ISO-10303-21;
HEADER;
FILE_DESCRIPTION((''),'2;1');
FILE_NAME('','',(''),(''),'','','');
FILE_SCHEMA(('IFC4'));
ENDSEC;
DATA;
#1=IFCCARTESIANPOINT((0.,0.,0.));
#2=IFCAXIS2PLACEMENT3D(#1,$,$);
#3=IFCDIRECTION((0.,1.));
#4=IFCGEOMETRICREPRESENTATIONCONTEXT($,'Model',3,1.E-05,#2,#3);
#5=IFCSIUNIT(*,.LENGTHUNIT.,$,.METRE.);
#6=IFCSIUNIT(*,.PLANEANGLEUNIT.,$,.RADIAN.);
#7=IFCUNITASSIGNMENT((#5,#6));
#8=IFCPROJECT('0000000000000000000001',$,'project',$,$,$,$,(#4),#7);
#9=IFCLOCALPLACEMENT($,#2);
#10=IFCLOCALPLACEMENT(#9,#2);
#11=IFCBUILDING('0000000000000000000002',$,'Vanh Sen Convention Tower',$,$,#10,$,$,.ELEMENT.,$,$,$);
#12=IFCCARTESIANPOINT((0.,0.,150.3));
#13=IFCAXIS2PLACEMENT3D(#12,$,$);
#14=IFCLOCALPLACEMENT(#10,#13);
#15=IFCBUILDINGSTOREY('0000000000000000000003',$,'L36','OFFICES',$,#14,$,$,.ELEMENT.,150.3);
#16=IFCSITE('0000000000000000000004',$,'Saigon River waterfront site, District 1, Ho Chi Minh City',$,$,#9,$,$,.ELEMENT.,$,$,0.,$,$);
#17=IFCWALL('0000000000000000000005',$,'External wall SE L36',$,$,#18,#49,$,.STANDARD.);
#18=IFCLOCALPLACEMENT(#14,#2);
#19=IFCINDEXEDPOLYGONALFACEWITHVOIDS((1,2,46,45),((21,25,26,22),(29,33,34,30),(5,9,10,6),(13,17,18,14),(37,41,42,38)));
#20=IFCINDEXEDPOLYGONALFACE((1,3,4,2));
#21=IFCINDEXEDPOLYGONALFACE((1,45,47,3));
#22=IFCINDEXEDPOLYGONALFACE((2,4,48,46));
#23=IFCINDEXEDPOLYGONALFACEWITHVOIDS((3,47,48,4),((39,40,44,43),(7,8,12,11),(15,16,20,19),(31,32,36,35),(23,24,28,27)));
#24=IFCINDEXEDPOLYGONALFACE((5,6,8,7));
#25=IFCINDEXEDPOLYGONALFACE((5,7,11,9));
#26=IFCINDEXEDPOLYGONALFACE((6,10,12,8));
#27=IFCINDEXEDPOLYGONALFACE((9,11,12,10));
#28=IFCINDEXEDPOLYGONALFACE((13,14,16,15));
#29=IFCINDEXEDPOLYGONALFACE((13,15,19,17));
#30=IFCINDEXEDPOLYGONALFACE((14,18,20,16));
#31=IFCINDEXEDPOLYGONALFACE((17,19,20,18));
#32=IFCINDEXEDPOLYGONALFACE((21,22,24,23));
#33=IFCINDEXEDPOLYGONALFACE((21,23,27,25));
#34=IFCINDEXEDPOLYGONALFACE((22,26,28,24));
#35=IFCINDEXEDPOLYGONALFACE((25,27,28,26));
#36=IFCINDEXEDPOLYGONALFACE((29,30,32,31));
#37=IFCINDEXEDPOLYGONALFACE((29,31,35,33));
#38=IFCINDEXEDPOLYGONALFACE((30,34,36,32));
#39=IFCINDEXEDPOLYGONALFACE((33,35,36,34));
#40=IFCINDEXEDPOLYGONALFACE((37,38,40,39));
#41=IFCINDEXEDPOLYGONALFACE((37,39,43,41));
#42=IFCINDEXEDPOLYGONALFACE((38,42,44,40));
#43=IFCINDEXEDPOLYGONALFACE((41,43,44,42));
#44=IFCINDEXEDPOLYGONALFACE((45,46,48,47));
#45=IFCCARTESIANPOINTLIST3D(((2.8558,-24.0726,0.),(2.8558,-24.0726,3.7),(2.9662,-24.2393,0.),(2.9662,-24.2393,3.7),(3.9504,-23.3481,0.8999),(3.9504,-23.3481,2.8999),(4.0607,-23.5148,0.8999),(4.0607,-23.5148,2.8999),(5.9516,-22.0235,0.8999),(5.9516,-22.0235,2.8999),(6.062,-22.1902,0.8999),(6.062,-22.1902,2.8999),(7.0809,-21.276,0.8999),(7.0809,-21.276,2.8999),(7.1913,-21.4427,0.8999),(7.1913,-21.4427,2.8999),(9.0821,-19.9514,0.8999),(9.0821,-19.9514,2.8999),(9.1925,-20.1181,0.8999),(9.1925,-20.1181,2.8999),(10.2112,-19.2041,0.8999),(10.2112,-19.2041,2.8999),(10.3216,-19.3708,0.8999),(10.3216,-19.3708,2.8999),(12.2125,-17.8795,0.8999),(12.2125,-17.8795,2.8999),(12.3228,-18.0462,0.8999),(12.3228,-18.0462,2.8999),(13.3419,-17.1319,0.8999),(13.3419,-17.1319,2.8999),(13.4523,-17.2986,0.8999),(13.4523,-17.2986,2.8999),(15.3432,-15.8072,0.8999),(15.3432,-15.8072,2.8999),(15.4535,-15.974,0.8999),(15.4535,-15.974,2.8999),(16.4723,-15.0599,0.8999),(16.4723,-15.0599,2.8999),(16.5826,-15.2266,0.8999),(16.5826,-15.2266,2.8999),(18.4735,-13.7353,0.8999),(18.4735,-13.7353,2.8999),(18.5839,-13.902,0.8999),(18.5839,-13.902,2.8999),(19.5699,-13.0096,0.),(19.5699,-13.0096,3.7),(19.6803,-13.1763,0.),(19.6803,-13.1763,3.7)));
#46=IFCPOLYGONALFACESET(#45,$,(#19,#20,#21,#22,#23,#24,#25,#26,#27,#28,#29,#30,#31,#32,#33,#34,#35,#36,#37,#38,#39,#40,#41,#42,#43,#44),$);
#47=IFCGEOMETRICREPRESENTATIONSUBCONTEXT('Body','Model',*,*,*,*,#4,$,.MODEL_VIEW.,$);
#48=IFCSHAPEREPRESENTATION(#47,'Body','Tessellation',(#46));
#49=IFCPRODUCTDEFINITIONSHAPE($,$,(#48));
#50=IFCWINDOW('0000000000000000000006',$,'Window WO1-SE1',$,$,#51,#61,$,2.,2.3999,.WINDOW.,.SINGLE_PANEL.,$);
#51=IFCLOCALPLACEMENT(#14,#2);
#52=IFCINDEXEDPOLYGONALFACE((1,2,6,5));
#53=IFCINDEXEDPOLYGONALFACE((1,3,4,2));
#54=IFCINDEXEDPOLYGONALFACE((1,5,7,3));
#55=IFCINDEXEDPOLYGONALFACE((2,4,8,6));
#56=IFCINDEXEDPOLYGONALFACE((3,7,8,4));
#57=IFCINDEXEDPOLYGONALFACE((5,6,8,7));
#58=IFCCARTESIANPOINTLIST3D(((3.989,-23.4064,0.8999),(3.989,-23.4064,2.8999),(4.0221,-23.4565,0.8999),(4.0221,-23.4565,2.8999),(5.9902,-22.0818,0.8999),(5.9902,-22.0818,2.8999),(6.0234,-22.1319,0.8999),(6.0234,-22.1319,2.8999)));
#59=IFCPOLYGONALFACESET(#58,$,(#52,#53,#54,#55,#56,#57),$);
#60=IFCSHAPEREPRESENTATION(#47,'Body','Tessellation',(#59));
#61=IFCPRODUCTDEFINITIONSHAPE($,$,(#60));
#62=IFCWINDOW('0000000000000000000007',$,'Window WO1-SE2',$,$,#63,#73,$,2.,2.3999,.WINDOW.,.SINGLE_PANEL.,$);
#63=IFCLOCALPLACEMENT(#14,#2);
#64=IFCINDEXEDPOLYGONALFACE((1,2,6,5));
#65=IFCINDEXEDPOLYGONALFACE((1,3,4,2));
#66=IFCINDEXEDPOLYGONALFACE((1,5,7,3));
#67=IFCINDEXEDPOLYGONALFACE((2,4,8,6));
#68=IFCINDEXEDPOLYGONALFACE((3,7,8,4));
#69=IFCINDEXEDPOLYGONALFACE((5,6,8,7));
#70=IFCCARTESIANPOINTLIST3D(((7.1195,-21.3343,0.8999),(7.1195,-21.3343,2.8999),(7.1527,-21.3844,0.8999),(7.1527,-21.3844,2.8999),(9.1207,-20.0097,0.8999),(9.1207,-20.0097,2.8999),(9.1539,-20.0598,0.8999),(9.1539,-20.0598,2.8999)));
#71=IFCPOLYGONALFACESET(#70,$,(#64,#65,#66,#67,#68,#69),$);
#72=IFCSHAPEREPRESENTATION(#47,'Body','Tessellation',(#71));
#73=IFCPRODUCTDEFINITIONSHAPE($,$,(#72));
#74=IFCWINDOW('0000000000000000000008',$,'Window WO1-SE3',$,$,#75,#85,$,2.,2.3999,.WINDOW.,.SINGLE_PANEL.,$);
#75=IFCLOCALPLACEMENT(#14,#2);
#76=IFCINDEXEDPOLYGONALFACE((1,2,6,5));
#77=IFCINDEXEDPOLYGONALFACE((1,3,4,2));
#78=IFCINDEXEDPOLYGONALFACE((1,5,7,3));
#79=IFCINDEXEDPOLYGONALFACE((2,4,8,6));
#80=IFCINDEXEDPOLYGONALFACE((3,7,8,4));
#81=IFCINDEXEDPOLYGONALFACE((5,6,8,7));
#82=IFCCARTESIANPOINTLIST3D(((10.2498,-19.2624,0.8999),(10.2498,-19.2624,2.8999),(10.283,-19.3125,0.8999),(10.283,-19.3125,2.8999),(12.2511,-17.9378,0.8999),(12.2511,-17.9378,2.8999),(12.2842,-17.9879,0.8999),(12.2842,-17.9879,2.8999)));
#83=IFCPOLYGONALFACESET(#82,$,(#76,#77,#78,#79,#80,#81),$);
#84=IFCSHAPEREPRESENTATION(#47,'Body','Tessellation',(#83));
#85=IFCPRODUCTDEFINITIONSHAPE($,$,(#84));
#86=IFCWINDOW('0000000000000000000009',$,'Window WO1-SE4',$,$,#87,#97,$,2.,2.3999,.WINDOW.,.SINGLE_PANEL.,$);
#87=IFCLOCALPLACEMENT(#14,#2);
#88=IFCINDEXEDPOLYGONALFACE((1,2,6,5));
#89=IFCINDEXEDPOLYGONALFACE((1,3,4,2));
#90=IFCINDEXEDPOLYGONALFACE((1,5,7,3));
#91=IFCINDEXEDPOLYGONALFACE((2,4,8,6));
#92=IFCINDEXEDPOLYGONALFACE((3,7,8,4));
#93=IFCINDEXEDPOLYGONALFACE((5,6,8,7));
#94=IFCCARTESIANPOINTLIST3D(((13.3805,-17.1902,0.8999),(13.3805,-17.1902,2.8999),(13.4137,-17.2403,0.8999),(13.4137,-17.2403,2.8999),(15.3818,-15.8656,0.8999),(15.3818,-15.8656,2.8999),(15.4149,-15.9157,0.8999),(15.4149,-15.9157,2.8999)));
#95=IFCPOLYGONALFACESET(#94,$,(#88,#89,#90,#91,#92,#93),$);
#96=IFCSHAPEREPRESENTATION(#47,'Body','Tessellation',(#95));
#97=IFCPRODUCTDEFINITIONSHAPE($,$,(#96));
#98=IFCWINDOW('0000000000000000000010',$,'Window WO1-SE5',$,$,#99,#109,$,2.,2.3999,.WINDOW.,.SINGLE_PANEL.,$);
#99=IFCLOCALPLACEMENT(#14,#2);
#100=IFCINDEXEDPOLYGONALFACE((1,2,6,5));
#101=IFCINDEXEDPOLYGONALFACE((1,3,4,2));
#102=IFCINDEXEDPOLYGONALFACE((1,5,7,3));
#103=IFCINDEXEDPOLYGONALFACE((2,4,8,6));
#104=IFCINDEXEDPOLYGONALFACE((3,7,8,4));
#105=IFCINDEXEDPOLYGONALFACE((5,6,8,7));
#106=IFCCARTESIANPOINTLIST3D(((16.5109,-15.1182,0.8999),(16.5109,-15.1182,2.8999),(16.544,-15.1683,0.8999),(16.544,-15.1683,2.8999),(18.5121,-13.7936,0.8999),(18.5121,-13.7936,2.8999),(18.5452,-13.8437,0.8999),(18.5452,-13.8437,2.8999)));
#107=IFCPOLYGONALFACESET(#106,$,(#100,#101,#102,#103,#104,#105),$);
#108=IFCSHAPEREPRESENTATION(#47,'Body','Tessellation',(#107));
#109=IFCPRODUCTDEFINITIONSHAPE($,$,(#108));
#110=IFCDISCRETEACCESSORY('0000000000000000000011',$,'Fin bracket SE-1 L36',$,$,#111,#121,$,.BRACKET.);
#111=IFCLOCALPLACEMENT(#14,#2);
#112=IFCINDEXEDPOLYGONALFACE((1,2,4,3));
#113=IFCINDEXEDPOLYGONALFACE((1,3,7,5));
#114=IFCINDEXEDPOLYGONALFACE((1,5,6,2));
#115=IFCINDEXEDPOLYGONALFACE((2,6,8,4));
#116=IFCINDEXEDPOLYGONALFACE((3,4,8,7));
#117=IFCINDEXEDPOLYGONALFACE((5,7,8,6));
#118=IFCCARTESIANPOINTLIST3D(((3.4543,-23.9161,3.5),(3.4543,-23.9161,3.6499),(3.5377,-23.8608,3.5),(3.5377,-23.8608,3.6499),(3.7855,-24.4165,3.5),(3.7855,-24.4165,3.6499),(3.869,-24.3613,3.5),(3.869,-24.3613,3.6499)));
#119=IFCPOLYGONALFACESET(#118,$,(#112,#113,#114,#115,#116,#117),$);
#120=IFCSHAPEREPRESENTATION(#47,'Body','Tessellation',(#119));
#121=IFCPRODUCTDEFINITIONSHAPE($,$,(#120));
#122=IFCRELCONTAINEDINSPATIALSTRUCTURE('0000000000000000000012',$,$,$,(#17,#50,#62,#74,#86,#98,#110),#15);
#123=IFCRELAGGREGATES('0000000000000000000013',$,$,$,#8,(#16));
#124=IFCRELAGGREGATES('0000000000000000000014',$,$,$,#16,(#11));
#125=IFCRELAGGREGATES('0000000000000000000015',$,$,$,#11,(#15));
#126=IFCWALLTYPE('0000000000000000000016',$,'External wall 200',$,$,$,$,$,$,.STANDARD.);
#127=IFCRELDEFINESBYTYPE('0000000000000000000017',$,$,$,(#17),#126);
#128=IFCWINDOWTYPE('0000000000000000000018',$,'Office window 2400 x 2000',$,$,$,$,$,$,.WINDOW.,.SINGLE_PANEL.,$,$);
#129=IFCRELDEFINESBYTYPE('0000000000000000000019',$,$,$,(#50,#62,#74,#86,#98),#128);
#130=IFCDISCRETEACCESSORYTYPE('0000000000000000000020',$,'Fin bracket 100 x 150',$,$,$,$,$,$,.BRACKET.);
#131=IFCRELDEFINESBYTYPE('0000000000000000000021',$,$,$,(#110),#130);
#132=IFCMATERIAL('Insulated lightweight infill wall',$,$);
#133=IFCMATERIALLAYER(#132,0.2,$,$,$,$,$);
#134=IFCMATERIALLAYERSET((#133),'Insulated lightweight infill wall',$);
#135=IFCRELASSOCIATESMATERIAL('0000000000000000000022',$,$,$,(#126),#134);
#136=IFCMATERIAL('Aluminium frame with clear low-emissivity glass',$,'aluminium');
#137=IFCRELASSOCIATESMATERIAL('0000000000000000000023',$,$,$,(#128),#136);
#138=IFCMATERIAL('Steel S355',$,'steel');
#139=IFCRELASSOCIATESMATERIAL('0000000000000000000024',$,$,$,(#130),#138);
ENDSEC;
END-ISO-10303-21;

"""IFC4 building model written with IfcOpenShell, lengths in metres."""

from ifc_helpers import new_model, si_unit, direction, frame, frame_2d, origin, origin_2d, place, context, subcontext, project, spatial, rectangle, extrude, material, layer, layer_set, type_object, element, fill, save


model = new_model("IFC4")

# Units and contexts
model_context = context("Model", 3, precision=1e-05, world=origin(), true_north=direction((0.0, 1.0)))
body_context = subcontext(model_context, "Body", "Model", "MODEL_VIEW")
ifc_project = project(units=[si_unit("LENGTHUNIT", "METRE"), si_unit("PLANEANGLEUNIT", "RADIAN")], contexts=[model_context])

# Site, building, storey
site_placement = place(None, origin())
site = spatial("IfcSite", under=ifc_project, at=site_placement, Name="Saigon River waterfront site, District 1, Ho Chi Minh City", CompositionType="ELEMENT", RefElevation=0.0)
building_placement = place(site_placement, origin())
building = spatial("IfcBuilding", under=site, at=building_placement, Name="Vanh Sen Convention Tower", CompositionType="ELEMENT")
storey_placement = place(building_placement, frame((0.0, 0.0, 150.3)))
storey = spatial("IfcBuildingStorey", under=building, at=storey_placement, Name="L36", Description="OFFICES", CompositionType="ELEMENT", Elevation=150.3)

# Wall, openings, windows
ifc_material_1 = material(Name="Insulated lightweight infill wall")
ifc_layer_1 = layer(ifc_material_1, 0.2)
ifc_layer_set_1 = layer_set([ifc_layer_1], Name="Insulated lightweight infill wall")
wall_type_1 = type_object("IfcWallType", Name="External wall 200", PredefinedType="STANDARD", material=ifc_layer_set_1)
wall_1_placement = place(storey_placement, frame((2.9109, -24.156, 0.0), z_axis=(0.0, 0.0, 1.0), x_axis=(0.833882, 0.551943, 0.0)))
wall_1 = element("IfcWall", 1, at=wall_1_placement, inside=storey, type_object=wall_type_1, Name="External wall SE L36", PredefinedType="STANDARD", context=body_context, shape_type="SweptSolid", body=[
    extrude(rectangle(XDim=20.0437, YDim=0.2, at=frame_2d((10.022, 0.0))), origin(), (0.0, 0.0, 1.0), 3.7),
])
opening_1_placement = place(wall_1_placement, frame((1.3127, 0.0, 0.8999)))
opening_1 = element("IfcOpeningElement", 2, at=opening_1_placement, cuts=wall_1, PredefinedType="OPENING", context=body_context, shape_type="SweptSolid", body=[
    extrude(rectangle(XDim=2.3999, YDim=2.0, at=frame_2d((1.2, 1.0))), frame((0.0, 0.1099, 0.0), z_axis=(0.0, -1.0, 0.0), x_axis=(1.0, 0.0, 0.0)), (0.0, 0.0, 1.0), 0.22),
])
opening_2_placement = place(wall_1_placement, frame((5.0669, 0.0, 0.8999)))
opening_2 = element("IfcOpeningElement", 3, at=opening_2_placement, cuts=wall_1, PredefinedType="OPENING", context=body_context, shape_type="SweptSolid", body=[
    extrude(rectangle(XDim=2.3999, YDim=2.0, at=frame_2d((1.2, 1.0))), frame((0.0, 0.1099, 0.0), z_axis=(0.0, -1.0, 0.0), x_axis=(1.0, 0.0, 0.0)), (0.0, 0.0, 1.0), 0.22),
])
opening_3_placement = place(wall_1_placement, frame((8.8208, 0.0, 0.8999)))
opening_3 = element("IfcOpeningElement", 4, at=opening_3_placement, cuts=wall_1, PredefinedType="OPENING", context=body_context, shape_type="SweptSolid", body=[
    extrude(rectangle(XDim=2.3999, YDim=2.0, at=frame_2d((1.2, 1.0))), frame((0.0, 0.1099, 0.0), z_axis=(0.0, -1.0, 0.0), x_axis=(1.0, 0.0, 0.0)), (0.0, 0.0, 1.0), 0.22),
])
opening_4_placement = place(wall_1_placement, frame((12.5752, 0.0, 0.8999)))
opening_4 = element("IfcOpeningElement", 5, at=opening_4_placement, cuts=wall_1, PredefinedType="OPENING", context=body_context, shape_type="SweptSolid", body=[
    extrude(rectangle(XDim=2.3999, YDim=2.0, at=frame_2d((1.2, 1.0))), frame((0.0, 0.1099, 0.0), z_axis=(0.0, -1.0, 0.0), x_axis=(1.0, 0.0, 0.0)), (0.0, 0.0, 1.0), 0.22),
])
opening_5_placement = place(wall_1_placement, frame((16.3291, 0.0, 0.8999)))
opening_5 = element("IfcOpeningElement", 6, at=opening_5_placement, cuts=wall_1, PredefinedType="OPENING", context=body_context, shape_type="SweptSolid", body=[
    extrude(rectangle(XDim=2.3999, YDim=2.0, at=frame_2d((1.2, 1.0))), frame((0.0, 0.1099, 0.0), z_axis=(0.0, -1.0, 0.0), x_axis=(1.0, 0.0, 0.0)), (0.0, 0.0, 1.0), 0.22),
])
ifc_material_2 = material(Name="Aluminium frame with clear low-emissivity glass", Category="aluminium")
window_type = type_object("IfcWindowType", Name="Office window 2400 x 2000", PartitioningType="SINGLE_PANEL", PredefinedType="WINDOW", material=ifc_material_2)
window_1_placement = place(opening_1_placement, origin())
window_1 = element("IfcWindow", 7, at=window_1_placement, inside=storey, type_object=window_type, Name="Window WO1-SE1", OverallHeight=2.0, OverallWidth=2.3999, PartitioningType="SINGLE_PANEL", PredefinedType="WINDOW", context=body_context, shape_type="SweptSolid", body=[
    extrude(rectangle(XDim=2.3999, YDim=2.0, at=frame_2d((1.2, 1.0))), frame((0.0, 0.03, 0.0), z_axis=(0.0, -1.0, 0.0), x_axis=(1.0, 0.0, 0.0)), (0.0, 0.0, 1.0), 0.0601),
])
fill(opening_1, window_1)
window_2_placement = place(opening_2_placement, origin())
window_2 = element("IfcWindow", 8, at=window_2_placement, inside=storey, type_object=window_type, Name="Window WO1-SE2", OverallHeight=2.0, OverallWidth=2.3999, PartitioningType="SINGLE_PANEL", PredefinedType="WINDOW", context=body_context, shape_type="SweptSolid", body=[
    extrude(rectangle(XDim=2.3999, YDim=2.0, at=frame_2d((1.2, 1.0))), frame((0.0, 0.03, 0.0), z_axis=(0.0, -1.0, 0.0), x_axis=(1.0, 0.0, 0.0)), (0.0, 0.0, 1.0), 0.0601),
])
fill(opening_2, window_2)
window_3_placement = place(opening_3_placement, origin())
window_3 = element("IfcWindow", 9, at=window_3_placement, inside=storey, type_object=window_type, Name="Window WO1-SE3", OverallHeight=2.0, OverallWidth=2.3999, PartitioningType="SINGLE_PANEL", PredefinedType="WINDOW", context=body_context, shape_type="SweptSolid", body=[
    extrude(rectangle(XDim=2.3999, YDim=2.0, at=frame_2d((1.2, 1.0))), frame((0.0, 0.03, 0.0), z_axis=(0.0, -1.0, 0.0), x_axis=(1.0, 0.0, 0.0)), (0.0, 0.0, 1.0), 0.0601),
])
fill(opening_3, window_3)
window_4_placement = place(opening_4_placement, origin())
window_4 = element("IfcWindow", 10, at=window_4_placement, inside=storey, type_object=window_type, Name="Window WO1-SE4", OverallHeight=2.0, OverallWidth=2.3999, PartitioningType="SINGLE_PANEL", PredefinedType="WINDOW", context=body_context, shape_type="SweptSolid", body=[
    extrude(rectangle(XDim=2.3999, YDim=2.0, at=frame_2d((1.2, 1.0))), frame((0.0, 0.03, 0.0), z_axis=(0.0, -1.0, 0.0), x_axis=(1.0, 0.0, 0.0)), (0.0, 0.0, 1.0), 0.0601),
])
fill(opening_4, window_4)
window_5_placement = place(opening_5_placement, origin())
window_5 = element("IfcWindow", 11, at=window_5_placement, inside=storey, type_object=window_type, Name="Window WO1-SE5", OverallHeight=2.0, OverallWidth=2.3999, PartitioningType="SINGLE_PANEL", PredefinedType="WINDOW", context=body_context, shape_type="SweptSolid", body=[
    extrude(rectangle(XDim=2.3999, YDim=2.0, at=frame_2d((1.2, 1.0))), frame((0.0, 0.03, 0.0), z_axis=(0.0, -1.0, 0.0), x_axis=(1.0, 0.0, 0.0)), (0.0, 0.0, 1.0), 0.0601),
])
fill(opening_5, window_5)

# Discrete accessory
ifc_material_3 = material(Name="Steel S355", Category="steel")
discrete_accessory_type = type_object("IfcDiscreteAccessoryType", Name="Fin bracket 100 x 150", PredefinedType="BRACKET", material=ifc_material_3)
discrete_accessory_placement = place(storey_placement, frame((3.6616, -24.1387, 3.5), z_axis=(0.0, 0.0, 1.0), x_axis=(0.551937, -0.833886, 0.0)))
element("IfcDiscreteAccessory", 12, at=discrete_accessory_placement, inside=storey, type_object=discrete_accessory_type, Name="Fin bracket SE-1 L36", PredefinedType="BRACKET", context=body_context, shape_type="SweptSolid", body=[
    extrude(rectangle(XDim=0.6001, YDim=0.1001, at=origin_2d()), origin(), (0.0, 0.0, 1.0), 0.1499),
])

save(model, "model.ifc")
